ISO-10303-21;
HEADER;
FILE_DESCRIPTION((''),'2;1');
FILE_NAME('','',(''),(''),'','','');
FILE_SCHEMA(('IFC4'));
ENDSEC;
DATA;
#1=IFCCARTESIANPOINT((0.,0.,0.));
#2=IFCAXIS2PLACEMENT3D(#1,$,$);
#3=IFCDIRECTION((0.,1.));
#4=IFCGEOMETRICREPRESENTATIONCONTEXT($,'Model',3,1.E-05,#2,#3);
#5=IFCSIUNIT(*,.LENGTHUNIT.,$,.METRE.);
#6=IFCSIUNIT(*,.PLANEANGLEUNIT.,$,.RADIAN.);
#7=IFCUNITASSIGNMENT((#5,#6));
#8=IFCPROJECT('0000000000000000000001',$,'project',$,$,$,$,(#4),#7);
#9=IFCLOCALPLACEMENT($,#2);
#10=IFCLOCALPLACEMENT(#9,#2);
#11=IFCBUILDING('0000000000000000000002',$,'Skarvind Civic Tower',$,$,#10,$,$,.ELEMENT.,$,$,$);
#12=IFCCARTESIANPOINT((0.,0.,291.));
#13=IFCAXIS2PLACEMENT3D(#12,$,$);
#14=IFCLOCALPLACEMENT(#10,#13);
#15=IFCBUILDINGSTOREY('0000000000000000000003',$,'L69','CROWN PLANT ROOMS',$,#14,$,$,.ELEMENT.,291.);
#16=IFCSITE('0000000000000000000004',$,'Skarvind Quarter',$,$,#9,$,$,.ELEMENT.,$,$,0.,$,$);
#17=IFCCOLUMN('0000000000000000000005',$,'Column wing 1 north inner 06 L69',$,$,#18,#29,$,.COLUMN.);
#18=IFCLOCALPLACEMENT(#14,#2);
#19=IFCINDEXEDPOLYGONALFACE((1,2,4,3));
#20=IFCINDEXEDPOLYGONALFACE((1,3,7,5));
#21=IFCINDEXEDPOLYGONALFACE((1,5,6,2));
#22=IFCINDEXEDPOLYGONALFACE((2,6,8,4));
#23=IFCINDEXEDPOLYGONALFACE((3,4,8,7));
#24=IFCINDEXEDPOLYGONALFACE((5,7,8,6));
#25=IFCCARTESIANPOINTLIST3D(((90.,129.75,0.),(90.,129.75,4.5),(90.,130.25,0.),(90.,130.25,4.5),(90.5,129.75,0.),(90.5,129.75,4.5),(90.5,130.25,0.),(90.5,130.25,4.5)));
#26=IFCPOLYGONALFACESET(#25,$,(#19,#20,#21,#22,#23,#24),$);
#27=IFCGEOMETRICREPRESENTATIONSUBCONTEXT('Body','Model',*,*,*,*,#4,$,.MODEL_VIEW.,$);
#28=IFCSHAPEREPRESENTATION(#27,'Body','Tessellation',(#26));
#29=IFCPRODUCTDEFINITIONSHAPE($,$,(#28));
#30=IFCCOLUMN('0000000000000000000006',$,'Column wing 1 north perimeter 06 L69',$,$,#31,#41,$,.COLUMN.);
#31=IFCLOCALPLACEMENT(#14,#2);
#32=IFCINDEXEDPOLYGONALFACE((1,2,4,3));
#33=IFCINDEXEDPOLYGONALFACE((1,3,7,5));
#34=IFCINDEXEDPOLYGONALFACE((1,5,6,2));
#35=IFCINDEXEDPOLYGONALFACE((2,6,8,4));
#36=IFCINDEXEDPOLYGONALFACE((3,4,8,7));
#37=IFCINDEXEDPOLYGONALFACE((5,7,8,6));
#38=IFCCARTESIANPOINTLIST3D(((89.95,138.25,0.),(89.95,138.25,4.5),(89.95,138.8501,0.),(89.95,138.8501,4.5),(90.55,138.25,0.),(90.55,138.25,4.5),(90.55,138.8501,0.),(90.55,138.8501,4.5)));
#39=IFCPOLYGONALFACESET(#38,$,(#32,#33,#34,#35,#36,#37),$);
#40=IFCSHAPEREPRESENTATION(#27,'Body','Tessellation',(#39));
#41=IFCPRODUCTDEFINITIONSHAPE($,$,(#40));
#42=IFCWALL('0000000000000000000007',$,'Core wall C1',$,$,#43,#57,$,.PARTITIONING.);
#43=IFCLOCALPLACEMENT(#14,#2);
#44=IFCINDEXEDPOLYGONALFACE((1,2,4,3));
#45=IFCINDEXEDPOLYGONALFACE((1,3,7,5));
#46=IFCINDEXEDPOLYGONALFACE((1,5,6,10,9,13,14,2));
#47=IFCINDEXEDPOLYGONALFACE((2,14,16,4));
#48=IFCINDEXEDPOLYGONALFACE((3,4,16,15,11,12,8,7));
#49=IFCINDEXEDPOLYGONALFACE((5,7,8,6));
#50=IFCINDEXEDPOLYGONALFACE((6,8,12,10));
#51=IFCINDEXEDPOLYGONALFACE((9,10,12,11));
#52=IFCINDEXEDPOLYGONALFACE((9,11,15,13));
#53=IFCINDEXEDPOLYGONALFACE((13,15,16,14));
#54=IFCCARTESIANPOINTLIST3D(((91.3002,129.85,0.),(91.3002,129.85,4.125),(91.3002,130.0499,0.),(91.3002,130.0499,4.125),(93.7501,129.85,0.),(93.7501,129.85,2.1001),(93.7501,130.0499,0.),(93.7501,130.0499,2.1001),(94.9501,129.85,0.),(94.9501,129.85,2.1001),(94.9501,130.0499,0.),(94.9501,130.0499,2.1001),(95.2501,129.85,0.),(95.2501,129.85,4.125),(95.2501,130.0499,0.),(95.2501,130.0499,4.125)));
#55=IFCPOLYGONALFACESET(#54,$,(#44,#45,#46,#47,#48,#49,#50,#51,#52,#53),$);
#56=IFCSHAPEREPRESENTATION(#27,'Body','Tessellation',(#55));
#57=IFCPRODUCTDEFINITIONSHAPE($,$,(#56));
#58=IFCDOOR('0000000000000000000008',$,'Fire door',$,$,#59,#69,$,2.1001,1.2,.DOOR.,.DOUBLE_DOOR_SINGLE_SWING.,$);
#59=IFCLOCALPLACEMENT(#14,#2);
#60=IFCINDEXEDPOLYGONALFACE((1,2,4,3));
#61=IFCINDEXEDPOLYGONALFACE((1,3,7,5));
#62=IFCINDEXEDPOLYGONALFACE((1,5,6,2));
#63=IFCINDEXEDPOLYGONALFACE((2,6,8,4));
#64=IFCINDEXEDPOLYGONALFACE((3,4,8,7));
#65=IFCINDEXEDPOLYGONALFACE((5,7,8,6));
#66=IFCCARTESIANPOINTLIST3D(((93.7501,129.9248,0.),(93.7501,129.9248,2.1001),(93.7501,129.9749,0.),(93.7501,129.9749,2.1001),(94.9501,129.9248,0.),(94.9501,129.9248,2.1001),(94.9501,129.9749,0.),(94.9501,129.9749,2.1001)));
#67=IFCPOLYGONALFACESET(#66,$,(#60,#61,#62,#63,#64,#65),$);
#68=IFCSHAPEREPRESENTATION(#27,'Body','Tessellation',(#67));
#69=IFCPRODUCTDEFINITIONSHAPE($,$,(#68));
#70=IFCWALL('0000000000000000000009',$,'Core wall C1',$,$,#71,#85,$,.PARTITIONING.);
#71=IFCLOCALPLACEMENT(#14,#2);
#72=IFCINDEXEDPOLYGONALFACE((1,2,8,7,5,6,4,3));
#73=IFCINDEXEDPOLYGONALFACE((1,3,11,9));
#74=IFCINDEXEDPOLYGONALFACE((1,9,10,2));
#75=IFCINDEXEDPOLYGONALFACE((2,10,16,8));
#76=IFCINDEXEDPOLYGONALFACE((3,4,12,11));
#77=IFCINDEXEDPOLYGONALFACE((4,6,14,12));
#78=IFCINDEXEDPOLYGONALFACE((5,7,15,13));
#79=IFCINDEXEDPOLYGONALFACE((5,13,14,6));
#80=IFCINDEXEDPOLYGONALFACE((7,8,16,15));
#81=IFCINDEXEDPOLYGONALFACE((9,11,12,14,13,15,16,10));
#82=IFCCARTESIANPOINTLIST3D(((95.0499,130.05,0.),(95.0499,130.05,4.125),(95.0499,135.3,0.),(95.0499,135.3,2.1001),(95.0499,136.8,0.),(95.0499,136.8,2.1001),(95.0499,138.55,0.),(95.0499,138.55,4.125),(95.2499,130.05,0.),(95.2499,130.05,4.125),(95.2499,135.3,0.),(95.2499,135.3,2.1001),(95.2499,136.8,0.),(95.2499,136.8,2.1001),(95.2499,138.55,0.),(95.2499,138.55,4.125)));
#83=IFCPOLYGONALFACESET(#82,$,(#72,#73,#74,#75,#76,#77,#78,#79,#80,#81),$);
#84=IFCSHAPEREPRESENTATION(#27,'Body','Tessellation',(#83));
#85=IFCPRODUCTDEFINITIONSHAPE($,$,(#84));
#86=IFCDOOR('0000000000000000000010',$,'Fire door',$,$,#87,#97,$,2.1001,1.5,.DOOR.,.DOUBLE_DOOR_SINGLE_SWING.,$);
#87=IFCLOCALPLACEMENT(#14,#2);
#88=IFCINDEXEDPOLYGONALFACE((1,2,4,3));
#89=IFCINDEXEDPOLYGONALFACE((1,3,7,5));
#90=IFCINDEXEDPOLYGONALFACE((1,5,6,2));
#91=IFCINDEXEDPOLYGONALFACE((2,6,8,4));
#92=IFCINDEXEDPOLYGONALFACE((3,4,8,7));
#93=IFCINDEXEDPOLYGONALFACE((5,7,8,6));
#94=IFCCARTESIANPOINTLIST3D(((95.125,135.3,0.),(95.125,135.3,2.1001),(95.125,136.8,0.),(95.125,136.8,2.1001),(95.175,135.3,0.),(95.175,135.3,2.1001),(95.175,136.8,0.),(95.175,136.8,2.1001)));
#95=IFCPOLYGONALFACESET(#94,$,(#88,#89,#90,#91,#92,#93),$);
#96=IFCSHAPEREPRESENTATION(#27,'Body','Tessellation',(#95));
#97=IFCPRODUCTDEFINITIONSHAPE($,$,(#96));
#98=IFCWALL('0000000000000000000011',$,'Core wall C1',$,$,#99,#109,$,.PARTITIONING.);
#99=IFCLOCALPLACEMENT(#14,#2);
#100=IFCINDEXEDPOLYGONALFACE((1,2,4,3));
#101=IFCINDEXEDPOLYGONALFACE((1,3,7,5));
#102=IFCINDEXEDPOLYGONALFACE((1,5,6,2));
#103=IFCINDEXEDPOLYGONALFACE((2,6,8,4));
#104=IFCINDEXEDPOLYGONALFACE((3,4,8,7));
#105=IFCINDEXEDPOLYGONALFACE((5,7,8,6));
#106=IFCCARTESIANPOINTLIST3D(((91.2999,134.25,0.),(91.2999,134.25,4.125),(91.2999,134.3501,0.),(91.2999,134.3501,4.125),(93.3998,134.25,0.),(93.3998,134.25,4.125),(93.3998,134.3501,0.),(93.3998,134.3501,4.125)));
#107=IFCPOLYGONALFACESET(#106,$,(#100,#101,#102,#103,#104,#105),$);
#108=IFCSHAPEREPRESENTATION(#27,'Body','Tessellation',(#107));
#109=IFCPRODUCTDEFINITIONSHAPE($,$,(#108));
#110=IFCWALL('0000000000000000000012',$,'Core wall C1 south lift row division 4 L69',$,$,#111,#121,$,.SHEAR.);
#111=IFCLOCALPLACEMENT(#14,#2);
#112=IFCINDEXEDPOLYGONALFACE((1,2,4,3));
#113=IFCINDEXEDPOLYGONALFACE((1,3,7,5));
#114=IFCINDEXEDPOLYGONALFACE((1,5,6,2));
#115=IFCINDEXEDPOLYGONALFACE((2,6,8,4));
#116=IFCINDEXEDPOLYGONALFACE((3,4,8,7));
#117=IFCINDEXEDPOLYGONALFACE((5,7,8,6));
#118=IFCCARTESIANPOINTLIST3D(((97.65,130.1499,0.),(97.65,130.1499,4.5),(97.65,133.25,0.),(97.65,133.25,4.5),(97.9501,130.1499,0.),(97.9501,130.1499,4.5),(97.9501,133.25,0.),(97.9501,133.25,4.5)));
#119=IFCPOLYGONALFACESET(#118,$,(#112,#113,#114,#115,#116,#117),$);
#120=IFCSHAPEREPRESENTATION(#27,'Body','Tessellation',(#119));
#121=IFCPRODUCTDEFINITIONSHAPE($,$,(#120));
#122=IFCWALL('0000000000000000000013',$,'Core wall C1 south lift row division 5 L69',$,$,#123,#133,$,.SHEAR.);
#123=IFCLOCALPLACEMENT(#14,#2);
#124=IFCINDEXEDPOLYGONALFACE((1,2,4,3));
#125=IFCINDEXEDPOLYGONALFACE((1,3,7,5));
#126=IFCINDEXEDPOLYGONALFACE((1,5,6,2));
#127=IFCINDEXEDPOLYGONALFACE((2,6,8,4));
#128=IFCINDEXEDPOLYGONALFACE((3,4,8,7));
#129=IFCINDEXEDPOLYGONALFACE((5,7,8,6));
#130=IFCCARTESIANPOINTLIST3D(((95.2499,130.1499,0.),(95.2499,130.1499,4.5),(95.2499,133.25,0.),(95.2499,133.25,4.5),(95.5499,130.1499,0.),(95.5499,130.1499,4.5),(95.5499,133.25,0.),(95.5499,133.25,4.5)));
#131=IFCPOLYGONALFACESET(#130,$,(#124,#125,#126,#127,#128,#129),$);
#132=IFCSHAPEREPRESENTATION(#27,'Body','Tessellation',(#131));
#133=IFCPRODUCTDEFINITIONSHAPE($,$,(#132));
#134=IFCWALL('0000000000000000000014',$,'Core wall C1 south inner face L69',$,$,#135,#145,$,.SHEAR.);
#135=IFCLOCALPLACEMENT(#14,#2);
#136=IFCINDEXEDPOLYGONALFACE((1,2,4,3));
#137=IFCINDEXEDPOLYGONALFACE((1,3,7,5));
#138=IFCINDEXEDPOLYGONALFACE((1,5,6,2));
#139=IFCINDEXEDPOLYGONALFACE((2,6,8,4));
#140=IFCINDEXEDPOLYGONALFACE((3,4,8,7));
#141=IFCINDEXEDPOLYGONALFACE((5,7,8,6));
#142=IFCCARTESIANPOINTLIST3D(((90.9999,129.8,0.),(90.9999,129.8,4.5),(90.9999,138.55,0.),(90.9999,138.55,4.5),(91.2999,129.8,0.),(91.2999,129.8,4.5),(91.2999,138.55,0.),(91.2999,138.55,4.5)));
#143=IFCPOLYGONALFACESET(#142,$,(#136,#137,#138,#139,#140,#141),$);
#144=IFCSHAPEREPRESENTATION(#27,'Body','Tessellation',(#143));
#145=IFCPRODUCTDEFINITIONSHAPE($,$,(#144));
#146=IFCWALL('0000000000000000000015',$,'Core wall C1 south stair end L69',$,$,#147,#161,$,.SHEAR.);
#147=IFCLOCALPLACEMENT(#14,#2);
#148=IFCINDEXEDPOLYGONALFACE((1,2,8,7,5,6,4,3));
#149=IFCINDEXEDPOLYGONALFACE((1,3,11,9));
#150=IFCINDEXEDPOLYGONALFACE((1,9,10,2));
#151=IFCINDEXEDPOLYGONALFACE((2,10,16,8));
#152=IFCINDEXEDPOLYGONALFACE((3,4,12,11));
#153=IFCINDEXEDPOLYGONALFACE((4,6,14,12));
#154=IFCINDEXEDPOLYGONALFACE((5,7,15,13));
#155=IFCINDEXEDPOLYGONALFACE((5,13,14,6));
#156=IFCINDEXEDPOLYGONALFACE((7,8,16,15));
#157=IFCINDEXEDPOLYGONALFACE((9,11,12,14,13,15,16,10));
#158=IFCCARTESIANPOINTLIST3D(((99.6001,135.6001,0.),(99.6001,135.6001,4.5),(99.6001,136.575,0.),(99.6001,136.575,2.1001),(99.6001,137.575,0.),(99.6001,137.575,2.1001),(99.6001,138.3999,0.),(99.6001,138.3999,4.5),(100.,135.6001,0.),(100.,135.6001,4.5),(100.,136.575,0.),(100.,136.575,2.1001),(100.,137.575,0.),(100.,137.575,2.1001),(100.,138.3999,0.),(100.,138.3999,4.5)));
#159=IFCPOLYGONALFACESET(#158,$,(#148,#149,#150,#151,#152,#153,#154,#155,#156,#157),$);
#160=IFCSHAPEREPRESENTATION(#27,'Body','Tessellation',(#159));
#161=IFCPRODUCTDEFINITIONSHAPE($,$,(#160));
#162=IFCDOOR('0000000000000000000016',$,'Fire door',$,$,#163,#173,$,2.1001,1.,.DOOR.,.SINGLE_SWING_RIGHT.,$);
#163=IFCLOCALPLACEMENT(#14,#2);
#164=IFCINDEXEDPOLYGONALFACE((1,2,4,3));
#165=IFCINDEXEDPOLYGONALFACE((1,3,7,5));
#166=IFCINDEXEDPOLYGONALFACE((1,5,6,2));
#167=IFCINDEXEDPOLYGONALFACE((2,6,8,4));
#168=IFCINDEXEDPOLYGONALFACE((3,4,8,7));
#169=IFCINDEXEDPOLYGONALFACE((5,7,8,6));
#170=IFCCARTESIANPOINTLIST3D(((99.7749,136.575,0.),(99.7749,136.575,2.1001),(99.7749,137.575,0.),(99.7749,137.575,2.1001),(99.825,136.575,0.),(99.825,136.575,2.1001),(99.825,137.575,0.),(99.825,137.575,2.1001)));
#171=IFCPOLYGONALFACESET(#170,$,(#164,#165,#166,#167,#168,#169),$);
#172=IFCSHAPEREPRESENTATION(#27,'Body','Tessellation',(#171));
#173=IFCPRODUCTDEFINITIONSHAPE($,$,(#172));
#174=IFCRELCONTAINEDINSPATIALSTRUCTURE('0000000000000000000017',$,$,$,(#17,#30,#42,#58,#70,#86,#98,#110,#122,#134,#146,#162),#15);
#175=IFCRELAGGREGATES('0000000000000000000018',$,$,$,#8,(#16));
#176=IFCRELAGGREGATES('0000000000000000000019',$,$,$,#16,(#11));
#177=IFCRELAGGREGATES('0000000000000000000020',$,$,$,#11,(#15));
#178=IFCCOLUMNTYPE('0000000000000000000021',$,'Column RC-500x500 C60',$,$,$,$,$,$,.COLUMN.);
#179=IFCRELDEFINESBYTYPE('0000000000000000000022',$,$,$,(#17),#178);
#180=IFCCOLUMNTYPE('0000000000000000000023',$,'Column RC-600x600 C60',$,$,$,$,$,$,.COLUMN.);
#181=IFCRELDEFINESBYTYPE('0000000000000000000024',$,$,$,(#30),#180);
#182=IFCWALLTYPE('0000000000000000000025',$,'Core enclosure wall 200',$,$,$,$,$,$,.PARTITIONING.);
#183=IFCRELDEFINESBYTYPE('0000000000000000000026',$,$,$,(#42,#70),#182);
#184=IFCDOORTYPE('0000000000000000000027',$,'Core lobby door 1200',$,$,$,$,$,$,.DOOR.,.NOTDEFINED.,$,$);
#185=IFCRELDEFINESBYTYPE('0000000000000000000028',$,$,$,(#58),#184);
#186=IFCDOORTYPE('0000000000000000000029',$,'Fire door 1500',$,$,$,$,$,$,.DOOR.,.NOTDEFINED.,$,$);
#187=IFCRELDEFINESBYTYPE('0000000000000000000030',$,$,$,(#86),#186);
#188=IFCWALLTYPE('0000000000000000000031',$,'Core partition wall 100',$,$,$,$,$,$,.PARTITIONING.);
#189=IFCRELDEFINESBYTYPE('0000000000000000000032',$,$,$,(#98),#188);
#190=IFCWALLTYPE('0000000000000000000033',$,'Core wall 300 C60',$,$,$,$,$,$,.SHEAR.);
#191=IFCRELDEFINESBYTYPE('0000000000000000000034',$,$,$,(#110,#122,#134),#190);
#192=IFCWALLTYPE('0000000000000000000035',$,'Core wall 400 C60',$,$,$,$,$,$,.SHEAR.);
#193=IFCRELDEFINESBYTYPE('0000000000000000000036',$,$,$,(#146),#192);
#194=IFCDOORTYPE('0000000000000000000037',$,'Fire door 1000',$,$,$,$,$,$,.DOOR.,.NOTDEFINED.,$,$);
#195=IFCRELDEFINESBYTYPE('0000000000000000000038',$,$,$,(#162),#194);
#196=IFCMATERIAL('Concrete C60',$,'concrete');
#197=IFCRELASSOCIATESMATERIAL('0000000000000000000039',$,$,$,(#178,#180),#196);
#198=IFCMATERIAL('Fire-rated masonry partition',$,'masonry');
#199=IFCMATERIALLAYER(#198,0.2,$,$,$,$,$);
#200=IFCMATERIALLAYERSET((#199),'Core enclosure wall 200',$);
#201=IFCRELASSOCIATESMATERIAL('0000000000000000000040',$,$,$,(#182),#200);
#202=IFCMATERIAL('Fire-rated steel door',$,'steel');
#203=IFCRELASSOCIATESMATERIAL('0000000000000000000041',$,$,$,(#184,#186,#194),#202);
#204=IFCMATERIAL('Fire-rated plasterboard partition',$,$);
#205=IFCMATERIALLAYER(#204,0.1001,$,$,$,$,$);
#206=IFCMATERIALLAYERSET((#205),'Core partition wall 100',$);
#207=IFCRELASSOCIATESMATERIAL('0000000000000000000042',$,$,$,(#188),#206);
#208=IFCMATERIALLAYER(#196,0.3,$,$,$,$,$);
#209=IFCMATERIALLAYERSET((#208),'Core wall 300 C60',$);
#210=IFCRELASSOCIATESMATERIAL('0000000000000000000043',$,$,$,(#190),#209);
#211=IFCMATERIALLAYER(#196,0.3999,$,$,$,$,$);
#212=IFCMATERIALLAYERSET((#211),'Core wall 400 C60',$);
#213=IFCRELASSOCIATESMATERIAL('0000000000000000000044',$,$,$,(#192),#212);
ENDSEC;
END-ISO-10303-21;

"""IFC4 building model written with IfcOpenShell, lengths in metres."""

from ifc_helpers import new_model, si_unit, direction, frame, frame_2d, origin, origin_2d, place, context, subcontext, project, spatial, rectangle, extrude, material, layer, layer_set, material_profile, profile_set, type_object, element, fill, save


model = new_model("IFC4")

# Units and contexts
model_context = context("Model", 3, precision=1e-05, world=origin(), true_north=direction((0.0, 1.0)))
body_context = subcontext(model_context, "Body", "Model", "MODEL_VIEW")
ifc_project = project(units=[si_unit("LENGTHUNIT", "METRE"), si_unit("PLANEANGLEUNIT", "RADIAN")], contexts=[model_context])

# Site, building, storey
site_placement = place(None, origin())
site = spatial("IfcSite", under=ifc_project, at=site_placement, Name="Skarvind Quarter", CompositionType="ELEMENT", RefElevation=0.0)
building_placement = place(site_placement, origin())
building = spatial("IfcBuilding", under=site, at=building_placement, Name="Skarvind Civic Tower", CompositionType="ELEMENT")
storey_placement = place(building_placement, frame((0.0, 0.0, 291.0)))
storey = spatial("IfcBuildingStorey", under=building, at=storey_placement, Name="L69", Description="CROWN PLANT ROOMS", CompositionType="ELEMENT", Elevation=291.0)

# Columns
ifc_material_1 = material(Name="Concrete C60", Category="concrete")
ifc_material_profile_1 = material_profile(ifc_material_1, rectangle(XDim=0.5, YDim=0.5, at=origin_2d()), Name="RC-500x500")
ifc_profile_set_1 = profile_set([ifc_material_profile_1], Name="Concrete C60")
column_type_1 = type_object("IfcColumnType", Name="Column RC-500x500 C60", PredefinedType="COLUMN", material=ifc_profile_set_1)
column_1_placement = place(storey_placement, frame((90.25, 130.0, 0.0), z_axis=(0.0, 0.0, 1.0), x_axis=(1.0, 0.0, 0.0)))
element("IfcColumn", 1, at=column_1_placement, inside=storey, type_object=column_type_1, Name="Column wing 1 north inner 06 L69", PredefinedType="COLUMN", context=body_context, shape_type="SweptSolid", body=[
    extrude(rectangle(XDim=0.5, YDim=0.5, at=origin_2d()), origin(), (0.0, 0.0, 1.0), 4.5),
])
ifc_material_profile_2 = material_profile(ifc_material_1, rectangle(XDim=0.6001, YDim=0.6001, at=origin_2d()), Name="RC-600x600")
ifc_profile_set_2 = profile_set([ifc_material_profile_2], Name="Concrete C60")
column_type_2 = type_object("IfcColumnType", Name="Column RC-600x600 C60", PredefinedType="COLUMN", material=ifc_profile_set_2)
column_2_placement = place(storey_placement, frame((90.25, 138.55, 0.0), z_axis=(0.0, 0.0, 1.0), x_axis=(1.0, 0.0, 0.0)))
element("IfcColumn", 2, at=column_2_placement, inside=storey, type_object=column_type_2, Name="Column wing 1 north perimeter 06 L69", PredefinedType="COLUMN", context=body_context, shape_type="SweptSolid", body=[
    extrude(rectangle(XDim=0.6001, YDim=0.6001, at=origin_2d()), origin(), (0.0, 0.0, 1.0), 4.5),
])

# Walls, openings, doors
ifc_material_2 = material(Name="Fire-rated masonry partition", Category="masonry")
ifc_layer_1 = layer(ifc_material_2, 0.2)
ifc_layer_set_1 = layer_set([ifc_layer_1], Name="Core enclosure wall 200")
wall_type_1 = type_object("IfcWallType", Name="Core enclosure wall 200", PredefinedType="PARTITIONING", material=ifc_layer_set_1)
wall_1_placement = place(storey_placement, frame((91.3, 129.95, 0.0), z_axis=(0.0, 0.0, 1.0), x_axis=(1.0, 0.0, 0.0)))
wall_1 = element("IfcWall", 3, at=wall_1_placement, inside=storey, type_object=wall_type_1, Name="Core wall C1", PredefinedType="PARTITIONING", context=body_context, shape_type="SweptSolid", body=[
    extrude(rectangle(XDim=3.95, YDim=0.2, at=frame_2d((1.9751, 0.0))), origin(), (0.0, 0.0, 1.0), 4.125),
])
opening_1_placement = place(wall_1_placement, frame((2.45, 0.0, 0.0)))
opening_1 = element("IfcOpeningElement", 4, at=opening_1_placement, cuts=wall_1, PredefinedType="OPENING", context=body_context, shape_type="SweptSolid", body=[
    extrude(rectangle(XDim=1.2, YDim=2.1001, at=frame_2d((0.6001, 1.05))), frame((0.0, 0.1099, 0.0), z_axis=(0.0, -1.0, 0.0), x_axis=(1.0, 0.0, 0.0)), (0.0, 0.0, 1.0), 0.22),
])
ifc_material_3 = material(Name="Fire-rated steel door", Category="steel")
door_type_1 = type_object("IfcDoorType", Name="Core lobby door 1200", OperationType="NOTDEFINED", PredefinedType="DOOR", material=ifc_material_3)
door_1_placement = place(opening_1_placement, origin())
door_1 = element("IfcDoor", 5, at=door_1_placement, inside=storey, type_object=door_type_1, Name="Fire door", OperationType="DOUBLE_DOOR_SINGLE_SWING", OverallHeight=2.1001, OverallWidth=1.2, PredefinedType="DOOR", context=body_context, shape_type="SweptSolid", body=[
    extrude(rectangle(XDim=1.2, YDim=2.1001, at=frame_2d((0.6001, 1.05))), frame((0.0, 0.0249, 0.0), z_axis=(0.0, -1.0, 0.0), x_axis=(1.0, 0.0, 0.0)), (0.0, 0.0, 1.0), 0.05),
])
fill(opening_1, door_1)
wall_2_placement = place(storey_placement, frame((95.1499, 130.05, 0.0), z_axis=(0.0, 0.0, 1.0), x_axis=(0.0, 1.0, 0.0)))
wall_2 = element("IfcWall", 6, at=wall_2_placement, inside=storey, type_object=wall_type_1, Name="Core wall C1", PredefinedType="PARTITIONING", context=body_context, shape_type="SweptSolid", body=[
    extrude(rectangle(XDim=8.5, YDim=0.2, at=frame_2d((4.25, 0.0))), origin(), (0.0, 0.0, 1.0), 4.125),
])
opening_2_placement = place(wall_2_placement, frame((5.25, 0.0, 0.0)))
opening_2 = element("IfcOpeningElement", 7, at=opening_2_placement, cuts=wall_2, PredefinedType="OPENING", context=body_context, shape_type="SweptSolid", body=[
    extrude(rectangle(XDim=1.5, YDim=2.1001, at=frame_2d((0.75, 1.05))), frame((0.0, 0.1099, 0.0), z_axis=(0.0, -1.0, 0.0), x_axis=(1.0, 0.0, 0.0)), (0.0, 0.0, 1.0), 0.22),
])
door_type_2 = type_object("IfcDoorType", Name="Fire door 1500", OperationType="NOTDEFINED", PredefinedType="DOOR", material=ifc_material_3)
door_2_placement = place(opening_2_placement, origin())
door_2 = element("IfcDoor", 8, at=door_2_placement, inside=storey, type_object=door_type_2, Name="Fire door", OperationType="DOUBLE_DOOR_SINGLE_SWING", OverallHeight=2.1001, OverallWidth=1.5, PredefinedType="DOOR", context=body_context, shape_type="SweptSolid", body=[
    extrude(rectangle(XDim=1.5, YDim=2.1001, at=frame_2d((0.75, 1.05))), frame((0.0, 0.0249, 0.0), z_axis=(0.0, -1.0, 0.0), x_axis=(1.0, 0.0, 0.0)), (0.0, 0.0, 1.0), 0.05),
])
fill(opening_2, door_2)

# Walls
ifc_material_4 = material(Name="Fire-rated plasterboard partition")
ifc_layer_2 = layer(ifc_material_4, 0.1001)
ifc_layer_set_2 = layer_set([ifc_layer_2], Name="Core partition wall 100")
wall_type_2 = type_object("IfcWallType", Name="Core partition wall 100", PredefinedType="PARTITIONING", material=ifc_layer_set_2)
wall_3_placement = place(storey_placement, frame((91.3, 134.3, 0.0), z_axis=(0.0, 0.0, 1.0), x_axis=(1.0, 0.0, 0.0)))
element("IfcWall", 9, at=wall_3_placement, inside=storey, type_object=wall_type_2, Name="Core wall C1", PredefinedType="PARTITIONING", context=body_context, shape_type="SweptSolid", body=[
    extrude(rectangle(XDim=2.0999, YDim=0.1001, at=frame_2d((1.0498, 0.0))), origin(), (0.0, 0.0, 1.0), 4.125),
])
ifc_layer_3 = layer(ifc_material_1, 0.3)
ifc_layer_set_3 = layer_set([ifc_layer_3], Name="Core wall 300 C60")
wall_type_3 = type_object("IfcWallType", Name="Core wall 300 C60", PredefinedType="SHEAR", material=ifc_layer_set_3)
for number, where, z_axis, x_axis, name in (
    (10, (97.8, 133.25, 0.0), (0.0, 0.0, 1.0), (0.0, -1.0, 0.0), "Core wall C1 south lift row division 4 L69"),
    (11, (95.3999, 133.25, 0.0), (0.0, 0.0, 1.0), (0.0, -1.0, 0.0), "Core wall C1 south lift row division 5 L69"),
):
    element("IfcWall", number, at=place(storey_placement, frame(where, z_axis=z_axis, x_axis=x_axis)), inside=storey, type_object=wall_type_3, Name=name, PredefinedType="SHEAR", context=body_context, shape_type="SweptSolid", body=[
        extrude(rectangle(XDim=3.1001, YDim=0.3, at=frame_2d((1.55, 0.0))), origin(), (0.0, 0.0, 1.0), 4.5),
    ])
wall_4_placement = place(storey_placement, frame((91.1499, 138.55, 0.0), z_axis=(0.0, 0.0, 1.0), x_axis=(0.0, -1.0, 0.0)))
element("IfcWall", 12, at=wall_4_placement, inside=storey, type_object=wall_type_3, Name="Core wall C1 south inner face L69", PredefinedType="SHEAR", context=body_context, shape_type="SweptSolid", body=[
    extrude(rectangle(XDim=8.75, YDim=0.3, at=frame_2d((4.375, 0.0))), origin(), (0.0, 0.0, 1.0), 4.5),
])

# Wall, opening, door
ifc_layer_4 = layer(ifc_material_1, 0.3999)
ifc_layer_set_4 = layer_set([ifc_layer_4], Name="Core wall 400 C60")
wall_type_4 = type_object("IfcWallType", Name="Core wall 400 C60", PredefinedType="SHEAR", material=ifc_layer_set_4)
wall_5_placement = place(storey_placement, frame((99.8, 138.3999, 0.0), z_axis=(0.0, 0.0, 1.0), x_axis=(0.0, -1.0, 0.0)))
wall_5 = element("IfcWall", 13, at=wall_5_placement, inside=storey, type_object=wall_type_4, Name="Core wall C1 south stair end L69", PredefinedType="SHEAR", context=body_context, shape_type="SweptSolid", body=[
    extrude(rectangle(XDim=2.7998, YDim=0.3999, at=frame_2d((1.3999, 0.0))), origin(), (0.0, 0.0, 1.0), 4.5),
])
opening_3_placement = place(wall_5_placement, frame((0.825, 0.0, 0.0)))
opening_3 = element("IfcOpeningElement", 14, at=opening_3_placement, cuts=wall_5, PredefinedType="OPENING", context=body_context, shape_type="SweptSolid", body=[
    extrude(rectangle(XDim=1.0, YDim=2.1001, at=frame_2d((0.5, 1.05))), frame((0.0, 0.21, 0.0), z_axis=(0.0, -1.0, 0.0), x_axis=(1.0, 0.0, 0.0)), (0.0, 0.0, 1.0), 0.4199),
])
door_type_3 = type_object("IfcDoorType", Name="Fire door 1000", OperationType="NOTDEFINED", PredefinedType="DOOR", material=ifc_material_3)
door_3_placement = place(opening_3_placement, origin())
door_3 = element("IfcDoor", 15, at=door_3_placement, inside=storey, type_object=door_type_3, Name="Fire door", OperationType="SINGLE_SWING_RIGHT", OverallHeight=2.1001, OverallWidth=1.0, PredefinedType="DOOR", context=body_context, shape_type="SweptSolid", body=[
    extrude(rectangle(XDim=1.0, YDim=2.1001, at=frame_2d((0.5, 1.05))), frame((0.0, 0.0249, 0.0), z_axis=(0.0, -1.0, 0.0), x_axis=(1.0, 0.0, 0.0)), (0.0, 0.0, 1.0), 0.05),
])
fill(opening_3, door_3)

save(model, "model.ifc")
